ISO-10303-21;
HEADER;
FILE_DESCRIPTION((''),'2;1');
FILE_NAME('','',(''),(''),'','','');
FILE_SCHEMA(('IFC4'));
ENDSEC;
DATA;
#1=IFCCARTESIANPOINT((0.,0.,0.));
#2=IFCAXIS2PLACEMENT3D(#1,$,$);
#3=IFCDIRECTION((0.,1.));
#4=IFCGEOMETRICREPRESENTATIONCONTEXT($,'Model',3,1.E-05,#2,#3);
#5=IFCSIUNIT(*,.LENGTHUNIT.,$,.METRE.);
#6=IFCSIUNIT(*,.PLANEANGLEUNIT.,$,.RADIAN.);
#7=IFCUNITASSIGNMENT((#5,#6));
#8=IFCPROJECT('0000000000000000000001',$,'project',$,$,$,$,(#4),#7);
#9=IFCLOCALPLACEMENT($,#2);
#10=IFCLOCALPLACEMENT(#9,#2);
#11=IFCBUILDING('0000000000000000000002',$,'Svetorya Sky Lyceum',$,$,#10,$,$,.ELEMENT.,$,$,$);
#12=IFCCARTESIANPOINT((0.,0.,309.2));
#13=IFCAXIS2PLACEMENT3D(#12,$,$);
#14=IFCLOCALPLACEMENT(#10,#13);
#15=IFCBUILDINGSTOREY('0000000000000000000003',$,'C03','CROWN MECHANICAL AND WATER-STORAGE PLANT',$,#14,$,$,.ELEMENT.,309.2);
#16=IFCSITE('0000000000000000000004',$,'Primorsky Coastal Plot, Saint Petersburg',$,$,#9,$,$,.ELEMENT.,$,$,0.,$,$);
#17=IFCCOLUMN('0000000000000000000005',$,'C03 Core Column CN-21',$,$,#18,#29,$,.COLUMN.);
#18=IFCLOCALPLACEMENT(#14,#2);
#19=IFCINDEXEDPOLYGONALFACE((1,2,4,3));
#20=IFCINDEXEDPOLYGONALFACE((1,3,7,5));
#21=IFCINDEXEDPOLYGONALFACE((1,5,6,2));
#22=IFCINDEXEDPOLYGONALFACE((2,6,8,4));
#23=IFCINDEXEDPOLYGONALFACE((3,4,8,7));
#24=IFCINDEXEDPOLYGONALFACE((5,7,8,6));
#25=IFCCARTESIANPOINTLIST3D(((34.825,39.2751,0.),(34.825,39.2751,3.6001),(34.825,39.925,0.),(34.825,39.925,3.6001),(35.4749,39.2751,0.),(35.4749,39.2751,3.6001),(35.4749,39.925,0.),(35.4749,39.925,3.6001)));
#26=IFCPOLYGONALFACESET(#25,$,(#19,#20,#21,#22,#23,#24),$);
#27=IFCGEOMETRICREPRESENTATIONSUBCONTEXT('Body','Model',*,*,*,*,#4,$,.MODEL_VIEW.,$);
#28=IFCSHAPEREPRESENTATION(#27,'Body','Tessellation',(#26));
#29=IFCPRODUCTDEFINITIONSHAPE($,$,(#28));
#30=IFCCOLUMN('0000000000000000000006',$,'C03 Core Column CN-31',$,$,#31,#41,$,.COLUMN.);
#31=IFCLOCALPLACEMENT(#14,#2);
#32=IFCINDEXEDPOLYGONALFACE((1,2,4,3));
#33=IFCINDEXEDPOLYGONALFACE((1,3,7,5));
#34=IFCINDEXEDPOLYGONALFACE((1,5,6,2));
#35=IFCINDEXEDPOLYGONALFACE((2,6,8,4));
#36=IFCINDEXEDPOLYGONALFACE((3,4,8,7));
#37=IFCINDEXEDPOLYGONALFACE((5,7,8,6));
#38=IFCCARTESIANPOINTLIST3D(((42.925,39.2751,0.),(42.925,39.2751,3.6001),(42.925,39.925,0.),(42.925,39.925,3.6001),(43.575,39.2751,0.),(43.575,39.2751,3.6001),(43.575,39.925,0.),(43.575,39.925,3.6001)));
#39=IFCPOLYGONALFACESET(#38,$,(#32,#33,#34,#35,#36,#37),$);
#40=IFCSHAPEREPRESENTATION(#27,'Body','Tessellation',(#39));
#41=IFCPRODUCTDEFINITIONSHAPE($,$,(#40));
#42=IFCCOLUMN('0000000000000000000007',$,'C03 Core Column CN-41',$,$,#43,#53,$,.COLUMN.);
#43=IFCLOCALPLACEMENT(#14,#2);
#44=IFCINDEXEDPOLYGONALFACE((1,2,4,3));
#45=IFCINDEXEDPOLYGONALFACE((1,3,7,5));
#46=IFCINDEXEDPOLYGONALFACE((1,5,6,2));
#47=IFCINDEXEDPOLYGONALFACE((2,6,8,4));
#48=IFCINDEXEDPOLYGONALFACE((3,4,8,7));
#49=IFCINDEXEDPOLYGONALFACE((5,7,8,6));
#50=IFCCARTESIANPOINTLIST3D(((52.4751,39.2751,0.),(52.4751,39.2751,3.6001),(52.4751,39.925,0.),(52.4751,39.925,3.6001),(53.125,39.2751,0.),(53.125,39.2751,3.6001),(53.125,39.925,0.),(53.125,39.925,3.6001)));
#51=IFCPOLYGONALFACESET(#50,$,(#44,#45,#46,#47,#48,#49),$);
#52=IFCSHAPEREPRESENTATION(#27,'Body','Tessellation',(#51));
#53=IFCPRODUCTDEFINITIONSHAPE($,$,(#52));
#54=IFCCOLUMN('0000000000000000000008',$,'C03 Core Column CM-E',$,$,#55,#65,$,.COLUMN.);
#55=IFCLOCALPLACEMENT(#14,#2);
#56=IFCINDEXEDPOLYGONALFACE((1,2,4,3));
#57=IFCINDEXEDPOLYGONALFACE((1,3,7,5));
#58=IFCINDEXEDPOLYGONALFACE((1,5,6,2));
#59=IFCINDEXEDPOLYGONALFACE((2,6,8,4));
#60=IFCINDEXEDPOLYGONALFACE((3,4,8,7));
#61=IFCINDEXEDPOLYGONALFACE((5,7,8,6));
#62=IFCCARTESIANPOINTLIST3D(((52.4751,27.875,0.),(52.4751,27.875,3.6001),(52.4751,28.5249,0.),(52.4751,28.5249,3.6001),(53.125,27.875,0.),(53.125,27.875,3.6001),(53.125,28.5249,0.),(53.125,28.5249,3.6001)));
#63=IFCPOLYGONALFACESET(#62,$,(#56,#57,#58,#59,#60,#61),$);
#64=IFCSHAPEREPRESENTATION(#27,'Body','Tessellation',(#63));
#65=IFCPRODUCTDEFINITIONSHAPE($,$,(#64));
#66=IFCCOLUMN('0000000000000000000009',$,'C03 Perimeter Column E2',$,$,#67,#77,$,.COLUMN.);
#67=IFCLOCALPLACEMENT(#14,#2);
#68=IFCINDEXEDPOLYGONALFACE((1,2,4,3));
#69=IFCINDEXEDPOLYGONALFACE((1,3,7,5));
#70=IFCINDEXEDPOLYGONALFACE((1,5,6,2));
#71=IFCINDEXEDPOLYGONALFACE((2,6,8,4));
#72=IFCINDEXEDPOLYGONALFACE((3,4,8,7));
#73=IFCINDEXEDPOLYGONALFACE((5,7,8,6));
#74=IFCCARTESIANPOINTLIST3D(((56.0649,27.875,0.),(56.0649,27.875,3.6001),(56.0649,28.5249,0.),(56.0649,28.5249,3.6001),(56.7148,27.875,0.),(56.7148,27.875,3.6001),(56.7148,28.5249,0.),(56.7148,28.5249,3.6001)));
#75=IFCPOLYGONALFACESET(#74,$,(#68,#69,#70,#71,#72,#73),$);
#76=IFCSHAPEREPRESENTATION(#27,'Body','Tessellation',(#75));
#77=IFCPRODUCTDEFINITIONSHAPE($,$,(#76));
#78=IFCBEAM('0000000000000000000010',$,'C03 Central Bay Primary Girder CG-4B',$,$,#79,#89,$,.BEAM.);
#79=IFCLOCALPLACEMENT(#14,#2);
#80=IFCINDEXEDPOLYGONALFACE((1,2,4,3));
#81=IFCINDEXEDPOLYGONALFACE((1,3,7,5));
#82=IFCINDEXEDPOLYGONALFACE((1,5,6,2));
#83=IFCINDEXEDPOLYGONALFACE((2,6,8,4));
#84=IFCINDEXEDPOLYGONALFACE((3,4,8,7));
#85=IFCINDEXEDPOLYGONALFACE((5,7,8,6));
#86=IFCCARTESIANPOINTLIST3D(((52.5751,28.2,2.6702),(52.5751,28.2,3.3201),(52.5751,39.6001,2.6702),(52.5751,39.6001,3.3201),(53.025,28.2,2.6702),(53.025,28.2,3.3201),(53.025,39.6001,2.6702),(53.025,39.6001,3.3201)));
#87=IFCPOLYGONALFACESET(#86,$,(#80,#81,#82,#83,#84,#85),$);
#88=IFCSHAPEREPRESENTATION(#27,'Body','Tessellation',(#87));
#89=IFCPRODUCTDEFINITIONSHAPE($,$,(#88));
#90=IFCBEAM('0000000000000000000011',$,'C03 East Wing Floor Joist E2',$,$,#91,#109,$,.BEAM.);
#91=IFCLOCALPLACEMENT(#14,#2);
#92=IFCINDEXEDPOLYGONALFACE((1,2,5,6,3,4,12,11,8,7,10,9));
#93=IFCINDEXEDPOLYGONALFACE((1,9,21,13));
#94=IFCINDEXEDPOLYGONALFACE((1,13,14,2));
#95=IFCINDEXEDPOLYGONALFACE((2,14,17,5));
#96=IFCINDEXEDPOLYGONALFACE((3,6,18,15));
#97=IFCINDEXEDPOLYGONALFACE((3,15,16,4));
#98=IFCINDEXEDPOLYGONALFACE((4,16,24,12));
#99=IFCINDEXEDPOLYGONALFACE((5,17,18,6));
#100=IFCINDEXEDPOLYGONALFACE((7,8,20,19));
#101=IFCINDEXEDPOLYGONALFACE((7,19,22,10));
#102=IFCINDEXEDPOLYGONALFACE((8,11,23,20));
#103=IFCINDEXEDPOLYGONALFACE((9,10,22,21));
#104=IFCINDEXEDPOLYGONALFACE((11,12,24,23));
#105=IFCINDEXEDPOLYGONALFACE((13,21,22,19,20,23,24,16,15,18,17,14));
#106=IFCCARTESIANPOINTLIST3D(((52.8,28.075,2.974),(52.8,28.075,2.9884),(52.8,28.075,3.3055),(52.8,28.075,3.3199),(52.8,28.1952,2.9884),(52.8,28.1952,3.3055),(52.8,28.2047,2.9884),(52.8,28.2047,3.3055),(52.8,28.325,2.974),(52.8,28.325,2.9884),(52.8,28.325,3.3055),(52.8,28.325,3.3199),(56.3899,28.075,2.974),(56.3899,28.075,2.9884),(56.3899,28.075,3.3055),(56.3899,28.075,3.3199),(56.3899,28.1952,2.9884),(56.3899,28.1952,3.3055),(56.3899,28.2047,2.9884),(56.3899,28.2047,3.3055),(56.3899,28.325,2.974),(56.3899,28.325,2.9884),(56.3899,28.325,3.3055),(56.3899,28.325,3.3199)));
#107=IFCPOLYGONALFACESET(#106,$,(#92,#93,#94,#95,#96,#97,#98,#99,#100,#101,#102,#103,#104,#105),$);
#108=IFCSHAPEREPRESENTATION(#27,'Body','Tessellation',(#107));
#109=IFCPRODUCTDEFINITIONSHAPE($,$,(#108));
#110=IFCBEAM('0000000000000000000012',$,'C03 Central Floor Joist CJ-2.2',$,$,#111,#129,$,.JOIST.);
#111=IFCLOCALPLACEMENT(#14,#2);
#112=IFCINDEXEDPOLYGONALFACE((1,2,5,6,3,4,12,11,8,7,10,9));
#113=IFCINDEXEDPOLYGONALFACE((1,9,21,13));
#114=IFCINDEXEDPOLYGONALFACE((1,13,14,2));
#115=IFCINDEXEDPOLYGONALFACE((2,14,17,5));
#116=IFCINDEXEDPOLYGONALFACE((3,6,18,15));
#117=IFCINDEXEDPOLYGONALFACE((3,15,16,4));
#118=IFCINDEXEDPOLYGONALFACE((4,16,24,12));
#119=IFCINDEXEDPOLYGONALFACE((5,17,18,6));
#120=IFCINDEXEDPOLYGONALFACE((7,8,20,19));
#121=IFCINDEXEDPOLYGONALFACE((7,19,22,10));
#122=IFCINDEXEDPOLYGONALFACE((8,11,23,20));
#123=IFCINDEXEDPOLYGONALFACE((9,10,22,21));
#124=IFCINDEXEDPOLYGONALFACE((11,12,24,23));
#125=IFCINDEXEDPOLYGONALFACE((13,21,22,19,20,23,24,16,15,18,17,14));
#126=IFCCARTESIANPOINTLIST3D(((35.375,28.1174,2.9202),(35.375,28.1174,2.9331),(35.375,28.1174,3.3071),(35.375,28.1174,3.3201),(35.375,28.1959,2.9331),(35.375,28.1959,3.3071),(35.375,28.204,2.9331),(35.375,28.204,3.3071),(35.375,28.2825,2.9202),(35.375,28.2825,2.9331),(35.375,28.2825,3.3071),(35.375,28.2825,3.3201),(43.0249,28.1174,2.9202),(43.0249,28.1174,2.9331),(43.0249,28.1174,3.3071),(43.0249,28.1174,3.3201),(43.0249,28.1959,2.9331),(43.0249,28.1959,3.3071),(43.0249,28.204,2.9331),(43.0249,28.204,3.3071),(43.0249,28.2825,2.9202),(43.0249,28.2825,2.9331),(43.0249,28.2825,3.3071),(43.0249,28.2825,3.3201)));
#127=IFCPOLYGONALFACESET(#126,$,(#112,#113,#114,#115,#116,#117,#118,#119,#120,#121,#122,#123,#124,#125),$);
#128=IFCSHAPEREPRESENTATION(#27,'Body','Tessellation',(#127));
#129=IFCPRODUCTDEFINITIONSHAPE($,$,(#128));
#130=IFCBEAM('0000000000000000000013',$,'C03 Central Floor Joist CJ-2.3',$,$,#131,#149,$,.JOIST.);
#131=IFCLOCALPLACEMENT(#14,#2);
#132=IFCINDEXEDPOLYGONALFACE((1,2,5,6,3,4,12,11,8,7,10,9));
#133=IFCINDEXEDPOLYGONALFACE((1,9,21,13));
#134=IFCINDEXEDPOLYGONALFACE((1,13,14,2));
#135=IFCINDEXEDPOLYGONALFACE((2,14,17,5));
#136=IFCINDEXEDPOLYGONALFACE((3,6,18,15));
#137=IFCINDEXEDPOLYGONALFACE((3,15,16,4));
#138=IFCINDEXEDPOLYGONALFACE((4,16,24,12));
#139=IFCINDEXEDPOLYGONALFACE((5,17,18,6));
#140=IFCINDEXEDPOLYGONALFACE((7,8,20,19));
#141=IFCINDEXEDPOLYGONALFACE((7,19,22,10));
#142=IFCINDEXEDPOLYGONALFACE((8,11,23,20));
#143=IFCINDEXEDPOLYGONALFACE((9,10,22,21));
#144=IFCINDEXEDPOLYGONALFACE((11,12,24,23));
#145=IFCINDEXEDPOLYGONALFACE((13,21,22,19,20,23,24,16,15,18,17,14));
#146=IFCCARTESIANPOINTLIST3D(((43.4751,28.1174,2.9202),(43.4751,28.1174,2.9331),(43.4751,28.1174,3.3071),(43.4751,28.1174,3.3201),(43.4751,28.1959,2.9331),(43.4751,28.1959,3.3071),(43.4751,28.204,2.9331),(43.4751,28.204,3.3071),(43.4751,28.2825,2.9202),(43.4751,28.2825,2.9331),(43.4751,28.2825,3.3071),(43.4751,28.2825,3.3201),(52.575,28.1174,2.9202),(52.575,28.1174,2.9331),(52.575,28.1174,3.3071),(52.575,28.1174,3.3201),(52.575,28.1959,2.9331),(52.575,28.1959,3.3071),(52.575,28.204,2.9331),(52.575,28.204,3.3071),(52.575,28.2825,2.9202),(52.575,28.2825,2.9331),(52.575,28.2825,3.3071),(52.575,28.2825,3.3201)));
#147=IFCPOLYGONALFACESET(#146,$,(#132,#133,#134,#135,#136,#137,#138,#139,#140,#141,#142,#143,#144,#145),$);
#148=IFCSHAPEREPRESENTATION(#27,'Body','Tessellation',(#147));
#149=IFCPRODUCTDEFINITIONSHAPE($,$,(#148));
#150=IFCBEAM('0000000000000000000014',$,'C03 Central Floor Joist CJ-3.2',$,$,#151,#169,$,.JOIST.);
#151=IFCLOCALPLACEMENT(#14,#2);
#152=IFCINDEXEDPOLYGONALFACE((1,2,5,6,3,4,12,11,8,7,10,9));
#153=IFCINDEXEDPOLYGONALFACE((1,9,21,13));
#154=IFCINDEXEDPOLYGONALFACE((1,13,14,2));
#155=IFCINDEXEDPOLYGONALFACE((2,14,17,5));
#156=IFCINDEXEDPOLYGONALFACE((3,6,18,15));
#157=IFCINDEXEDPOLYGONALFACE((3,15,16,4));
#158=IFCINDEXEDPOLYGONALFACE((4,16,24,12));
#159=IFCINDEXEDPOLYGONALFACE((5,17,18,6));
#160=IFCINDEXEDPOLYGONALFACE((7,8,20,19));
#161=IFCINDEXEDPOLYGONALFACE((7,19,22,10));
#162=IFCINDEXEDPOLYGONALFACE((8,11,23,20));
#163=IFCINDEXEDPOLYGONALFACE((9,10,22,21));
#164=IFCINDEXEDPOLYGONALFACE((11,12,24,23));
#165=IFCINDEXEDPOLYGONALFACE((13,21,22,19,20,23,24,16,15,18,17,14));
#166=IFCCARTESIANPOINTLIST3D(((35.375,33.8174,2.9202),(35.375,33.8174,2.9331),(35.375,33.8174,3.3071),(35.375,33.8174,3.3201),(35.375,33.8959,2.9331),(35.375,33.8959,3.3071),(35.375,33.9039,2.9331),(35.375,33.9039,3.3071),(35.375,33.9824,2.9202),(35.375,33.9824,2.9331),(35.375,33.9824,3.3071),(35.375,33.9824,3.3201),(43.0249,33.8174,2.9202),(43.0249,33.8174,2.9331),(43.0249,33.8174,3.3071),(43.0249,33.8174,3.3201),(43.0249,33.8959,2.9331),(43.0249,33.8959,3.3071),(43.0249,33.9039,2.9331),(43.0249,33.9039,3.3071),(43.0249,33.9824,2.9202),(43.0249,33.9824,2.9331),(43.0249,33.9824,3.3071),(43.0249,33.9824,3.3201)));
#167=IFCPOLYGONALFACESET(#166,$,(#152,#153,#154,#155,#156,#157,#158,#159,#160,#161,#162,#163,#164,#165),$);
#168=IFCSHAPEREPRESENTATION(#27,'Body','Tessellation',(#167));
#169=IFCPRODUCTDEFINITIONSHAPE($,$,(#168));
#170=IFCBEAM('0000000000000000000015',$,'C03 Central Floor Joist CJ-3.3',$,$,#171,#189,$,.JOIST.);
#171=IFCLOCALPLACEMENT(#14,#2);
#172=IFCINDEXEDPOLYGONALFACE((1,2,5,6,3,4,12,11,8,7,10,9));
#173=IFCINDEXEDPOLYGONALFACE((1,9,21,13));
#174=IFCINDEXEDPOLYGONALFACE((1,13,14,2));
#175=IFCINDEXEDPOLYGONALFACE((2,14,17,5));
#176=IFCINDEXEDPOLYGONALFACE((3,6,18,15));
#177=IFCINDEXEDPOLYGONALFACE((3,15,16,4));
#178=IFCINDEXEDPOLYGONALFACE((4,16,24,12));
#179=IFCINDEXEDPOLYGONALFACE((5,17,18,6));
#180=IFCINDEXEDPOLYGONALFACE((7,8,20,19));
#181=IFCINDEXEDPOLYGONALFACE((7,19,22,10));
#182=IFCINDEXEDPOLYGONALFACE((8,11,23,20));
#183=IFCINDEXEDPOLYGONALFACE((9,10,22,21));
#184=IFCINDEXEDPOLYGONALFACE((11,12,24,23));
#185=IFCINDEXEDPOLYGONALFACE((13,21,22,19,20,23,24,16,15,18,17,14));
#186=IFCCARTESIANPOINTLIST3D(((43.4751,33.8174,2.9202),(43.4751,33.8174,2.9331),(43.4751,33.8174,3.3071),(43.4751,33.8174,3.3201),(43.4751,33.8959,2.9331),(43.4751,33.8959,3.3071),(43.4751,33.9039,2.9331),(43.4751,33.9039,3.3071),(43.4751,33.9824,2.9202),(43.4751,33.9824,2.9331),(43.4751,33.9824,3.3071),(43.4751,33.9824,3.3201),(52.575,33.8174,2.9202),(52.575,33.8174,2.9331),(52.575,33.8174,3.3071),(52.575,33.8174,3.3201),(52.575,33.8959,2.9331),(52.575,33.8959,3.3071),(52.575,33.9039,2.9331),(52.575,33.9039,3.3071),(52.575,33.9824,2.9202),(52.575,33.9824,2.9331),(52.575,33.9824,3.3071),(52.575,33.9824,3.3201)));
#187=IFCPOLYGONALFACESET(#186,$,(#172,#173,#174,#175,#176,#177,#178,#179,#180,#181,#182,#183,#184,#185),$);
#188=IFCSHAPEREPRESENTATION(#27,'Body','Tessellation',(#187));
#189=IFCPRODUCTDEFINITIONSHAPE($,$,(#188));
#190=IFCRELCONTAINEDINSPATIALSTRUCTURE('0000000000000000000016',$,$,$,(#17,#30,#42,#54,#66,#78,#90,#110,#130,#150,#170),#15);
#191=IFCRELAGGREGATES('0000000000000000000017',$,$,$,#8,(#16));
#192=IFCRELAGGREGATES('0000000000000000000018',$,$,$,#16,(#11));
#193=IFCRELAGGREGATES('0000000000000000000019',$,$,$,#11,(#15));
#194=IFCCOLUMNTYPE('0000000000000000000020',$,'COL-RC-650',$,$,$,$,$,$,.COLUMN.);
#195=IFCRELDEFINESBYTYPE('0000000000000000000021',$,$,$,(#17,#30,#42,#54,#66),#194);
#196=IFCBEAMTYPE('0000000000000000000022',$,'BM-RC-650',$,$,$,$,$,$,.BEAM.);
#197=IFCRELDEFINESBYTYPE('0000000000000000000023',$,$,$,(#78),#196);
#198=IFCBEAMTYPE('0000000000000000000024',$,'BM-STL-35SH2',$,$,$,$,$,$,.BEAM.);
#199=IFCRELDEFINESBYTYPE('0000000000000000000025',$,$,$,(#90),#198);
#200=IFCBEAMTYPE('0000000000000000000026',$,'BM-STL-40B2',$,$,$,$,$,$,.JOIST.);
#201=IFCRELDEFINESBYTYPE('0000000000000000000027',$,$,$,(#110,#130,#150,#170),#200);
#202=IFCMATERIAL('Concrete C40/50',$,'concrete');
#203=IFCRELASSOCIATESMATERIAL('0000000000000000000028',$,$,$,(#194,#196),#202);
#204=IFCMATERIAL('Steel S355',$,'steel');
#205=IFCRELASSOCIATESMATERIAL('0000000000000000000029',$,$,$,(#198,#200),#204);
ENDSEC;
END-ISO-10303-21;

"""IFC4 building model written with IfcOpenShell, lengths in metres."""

from ifc_helpers import new_model, si_unit, direction, frame, origin, origin_2d, place, context, subcontext, project, spatial, rectangle, i_section, extrude, material, material_profile, profile_set, type_object, element, save


model = new_model("IFC4")

# Units and contexts
model_context = context("Model", 3, precision=1e-05, world=origin(), true_north=direction((0.0, 1.0)))
body_context = subcontext(model_context, "Body", "Model", "MODEL_VIEW")
ifc_project = project(units=[si_unit("LENGTHUNIT", "METRE"), si_unit("PLANEANGLEUNIT", "RADIAN")], contexts=[model_context])

# Site, building, storey
site_placement = place(None, origin())
site = spatial("IfcSite", under=ifc_project, at=site_placement, Name="Primorsky Coastal Plot, Saint Petersburg", CompositionType="ELEMENT", RefElevation=0.0)
building_placement = place(site_placement, origin())
building = spatial("IfcBuilding", under=site, at=building_placement, Name="Svetorya Sky Lyceum", CompositionType="ELEMENT")
storey_placement = place(building_placement, frame((0.0, 0.0, 309.2)))
storey = spatial("IfcBuildingStorey", under=building, at=storey_placement, Name="C03", Description="CROWN MECHANICAL AND WATER-STORAGE PLANT", CompositionType="ELEMENT", Elevation=309.2)

# Columns
ifc_material_1 = material(Name="Concrete C40/50", Category="concrete")
ifc_material_profile_1 = material_profile(ifc_material_1, rectangle(XDim=0.6499, YDim=0.6499, at=origin_2d()), Name="RC COL 650x650")
ifc_profile_set_1 = profile_set([ifc_material_profile_1], Name="Concrete C40/50")
column_type = type_object("IfcColumnType", Name="COL-RC-650", PredefinedType="COLUMN", material=ifc_profile_set_1)
for number, where, z_axis, x_axis, name in (
    (1, (35.1499, 39.6001, 0.0), (0.0, 0.0, 1.0), (1.0, 0.0, 0.0), "C03 Core Column CN-21"),
    (2, (43.25, 39.6001, 0.0), (0.0, 0.0, 1.0), (1.0, 0.0, 0.0), "C03 Core Column CN-31"),
    (3, (52.8, 39.6001, 0.0), (0.0, 0.0, 1.0), (1.0, 0.0, 0.0), "C03 Core Column CN-41"),
    (4, (52.8, 28.2, 0.0), (0.0, 0.0, 1.0), (1.0, 0.0, 0.0), "C03 Core Column CM-E"),
    (5, (56.3899, 28.2, 0.0), (0.0, 0.0, 1.0), (1.0, 0.0, 0.0), "C03 Perimeter Column E2"),
):
    element("IfcColumn", number, at=place(storey_placement, frame(where, z_axis=z_axis, x_axis=x_axis)), inside=storey, type_object=column_type, Name=name, PredefinedType="COLUMN", context=body_context, shape_type="SweptSolid", body=[
        extrude(rectangle(XDim=0.6499, YDim=0.6499, at=origin_2d()), origin(), (0.0, 0.0, 1.0), 3.6001),
    ])

# Beams
ifc_material_profile_2 = material_profile(ifc_material_1, rectangle(XDim=0.45, YDim=0.6499, at=origin_2d()), Name="RC BEAM 450x650")
ifc_profile_set_2 = profile_set([ifc_material_profile_2], Name="Concrete C40/50")
beam_type_1 = type_object("IfcBeamType", Name="BM-RC-650", PredefinedType="BEAM", material=ifc_profile_set_2)
beam_1_placement = place(storey_placement, frame((52.8, 28.2, 2.9951), z_axis=(0.0, 1.0, 0.0), x_axis=(-1.0, 0.0, 0.0)))
element("IfcBeam", 6, at=beam_1_placement, inside=storey, type_object=beam_type_1, Name="C03 Central Bay Primary Girder CG-4B", PredefinedType="BEAM", context=body_context, shape_type="SweptSolid", body=[
    extrude(rectangle(XDim=0.45, YDim=0.6499, at=origin_2d()), origin(), (0.0, 0.0, 1.0), 11.4001),
])
ifc_material_2 = material(Name="Steel S355", Category="steel")
ifc_material_profile_3 = material_profile(ifc_material_2, i_section(OverallWidth=0.25, OverallDepth=0.3459, WebThickness=0.0095, FlangeThickness=0.0144, at=origin_2d()), Name="GOST 35Sh2")
ifc_profile_set_3 = profile_set([ifc_material_profile_3], Name="Steel S355")
beam_type_2 = type_object("IfcBeamType", Name="BM-STL-35SH2", PredefinedType="BEAM", material=ifc_profile_set_3)
beam_2_placement = place(storey_placement, frame((52.8, 28.2, 3.147), z_axis=(1.0, 0.0, 0.0), x_axis=(0.0, 1.0, 0.0)))
element("IfcBeam", 7, at=beam_2_placement, inside=storey, type_object=beam_type_2, Name="C03 East Wing Floor Joist E2", PredefinedType="BEAM", context=body_context, shape_type="SweptSolid", body=[
    extrude(i_section(OverallWidth=0.25, OverallDepth=0.3459, WebThickness=0.0095, FlangeThickness=0.0144, at=origin_2d()), origin(), (0.0, 0.0, 1.0), 3.5898),
])
ifc_material_profile_4 = material_profile(ifc_material_2, i_section(OverallWidth=0.165, OverallDepth=0.3999, WebThickness=0.0081, FlangeThickness=0.0129, at=origin_2d()), Name="GOST 40B2")
ifc_profile_set_4 = profile_set([ifc_material_profile_4], Name="Steel S355")
beam_type_3 = type_object("IfcBeamType", Name="BM-STL-40B2", PredefinedType="JOIST", material=ifc_profile_set_4)
beam_3_placement = place(storey_placement, frame((35.375, 28.2, 3.1201), z_axis=(1.0, 0.0, 0.0), x_axis=(0.0, 1.0, 0.0)))
element("IfcBeam", 8, at=beam_3_placement, inside=storey, type_object=beam_type_3, Name="C03 Central Floor Joist CJ-2.2", PredefinedType="JOIST", context=body_context, shape_type="SweptSolid", body=[
    extrude(i_section(OverallWidth=0.165, OverallDepth=0.3999, WebThickness=0.0081, FlangeThickness=0.0129, at=origin_2d()), origin(), (0.0, 0.0, 1.0), 7.6499),
])
beam_4_placement = place(storey_placement, frame((43.4751, 28.2, 3.1201), z_axis=(1.0, 0.0, 0.0), x_axis=(0.0, 1.0, 0.0)))
element("IfcBeam", 9, at=beam_4_placement, inside=storey, type_object=beam_type_3, Name="C03 Central Floor Joist CJ-2.3", PredefinedType="JOIST", context=body_context, shape_type="SweptSolid", body=[
    extrude(i_section(OverallWidth=0.165, OverallDepth=0.3999, WebThickness=0.0081, FlangeThickness=0.0129, at=origin_2d()), origin(), (0.0, 0.0, 1.0), 9.0999),
])
beam_5_placement = place(storey_placement, frame((35.375, 33.8999, 3.1201), z_axis=(1.0, 0.0, 0.0), x_axis=(0.0, 1.0, 0.0)))
element("IfcBeam", 10, at=beam_5_placement, inside=storey, type_object=beam_type_3, Name="C03 Central Floor Joist CJ-3.2", PredefinedType="JOIST", context=body_context, shape_type="SweptSolid", body=[
    extrude(i_section(OverallWidth=0.165, OverallDepth=0.3999, WebThickness=0.0081, FlangeThickness=0.0129, at=origin_2d()), origin(), (0.0, 0.0, 1.0), 7.6499),
])
beam_6_placement = place(storey_placement, frame((43.4751, 33.8999, 3.1201), z_axis=(1.0, 0.0, 0.0), x_axis=(0.0, 1.0, 0.0)))
element("IfcBeam", 11, at=beam_6_placement, inside=storey, type_object=beam_type_3, Name="C03 Central Floor Joist CJ-3.3", PredefinedType="JOIST", context=body_context, shape_type="SweptSolid", body=[
    extrude(i_section(OverallWidth=0.165, OverallDepth=0.3999, WebThickness=0.0081, FlangeThickness=0.0129, at=origin_2d()), origin(), (0.0, 0.0, 1.0), 9.0999),
])

save(model, "model.ifc")
